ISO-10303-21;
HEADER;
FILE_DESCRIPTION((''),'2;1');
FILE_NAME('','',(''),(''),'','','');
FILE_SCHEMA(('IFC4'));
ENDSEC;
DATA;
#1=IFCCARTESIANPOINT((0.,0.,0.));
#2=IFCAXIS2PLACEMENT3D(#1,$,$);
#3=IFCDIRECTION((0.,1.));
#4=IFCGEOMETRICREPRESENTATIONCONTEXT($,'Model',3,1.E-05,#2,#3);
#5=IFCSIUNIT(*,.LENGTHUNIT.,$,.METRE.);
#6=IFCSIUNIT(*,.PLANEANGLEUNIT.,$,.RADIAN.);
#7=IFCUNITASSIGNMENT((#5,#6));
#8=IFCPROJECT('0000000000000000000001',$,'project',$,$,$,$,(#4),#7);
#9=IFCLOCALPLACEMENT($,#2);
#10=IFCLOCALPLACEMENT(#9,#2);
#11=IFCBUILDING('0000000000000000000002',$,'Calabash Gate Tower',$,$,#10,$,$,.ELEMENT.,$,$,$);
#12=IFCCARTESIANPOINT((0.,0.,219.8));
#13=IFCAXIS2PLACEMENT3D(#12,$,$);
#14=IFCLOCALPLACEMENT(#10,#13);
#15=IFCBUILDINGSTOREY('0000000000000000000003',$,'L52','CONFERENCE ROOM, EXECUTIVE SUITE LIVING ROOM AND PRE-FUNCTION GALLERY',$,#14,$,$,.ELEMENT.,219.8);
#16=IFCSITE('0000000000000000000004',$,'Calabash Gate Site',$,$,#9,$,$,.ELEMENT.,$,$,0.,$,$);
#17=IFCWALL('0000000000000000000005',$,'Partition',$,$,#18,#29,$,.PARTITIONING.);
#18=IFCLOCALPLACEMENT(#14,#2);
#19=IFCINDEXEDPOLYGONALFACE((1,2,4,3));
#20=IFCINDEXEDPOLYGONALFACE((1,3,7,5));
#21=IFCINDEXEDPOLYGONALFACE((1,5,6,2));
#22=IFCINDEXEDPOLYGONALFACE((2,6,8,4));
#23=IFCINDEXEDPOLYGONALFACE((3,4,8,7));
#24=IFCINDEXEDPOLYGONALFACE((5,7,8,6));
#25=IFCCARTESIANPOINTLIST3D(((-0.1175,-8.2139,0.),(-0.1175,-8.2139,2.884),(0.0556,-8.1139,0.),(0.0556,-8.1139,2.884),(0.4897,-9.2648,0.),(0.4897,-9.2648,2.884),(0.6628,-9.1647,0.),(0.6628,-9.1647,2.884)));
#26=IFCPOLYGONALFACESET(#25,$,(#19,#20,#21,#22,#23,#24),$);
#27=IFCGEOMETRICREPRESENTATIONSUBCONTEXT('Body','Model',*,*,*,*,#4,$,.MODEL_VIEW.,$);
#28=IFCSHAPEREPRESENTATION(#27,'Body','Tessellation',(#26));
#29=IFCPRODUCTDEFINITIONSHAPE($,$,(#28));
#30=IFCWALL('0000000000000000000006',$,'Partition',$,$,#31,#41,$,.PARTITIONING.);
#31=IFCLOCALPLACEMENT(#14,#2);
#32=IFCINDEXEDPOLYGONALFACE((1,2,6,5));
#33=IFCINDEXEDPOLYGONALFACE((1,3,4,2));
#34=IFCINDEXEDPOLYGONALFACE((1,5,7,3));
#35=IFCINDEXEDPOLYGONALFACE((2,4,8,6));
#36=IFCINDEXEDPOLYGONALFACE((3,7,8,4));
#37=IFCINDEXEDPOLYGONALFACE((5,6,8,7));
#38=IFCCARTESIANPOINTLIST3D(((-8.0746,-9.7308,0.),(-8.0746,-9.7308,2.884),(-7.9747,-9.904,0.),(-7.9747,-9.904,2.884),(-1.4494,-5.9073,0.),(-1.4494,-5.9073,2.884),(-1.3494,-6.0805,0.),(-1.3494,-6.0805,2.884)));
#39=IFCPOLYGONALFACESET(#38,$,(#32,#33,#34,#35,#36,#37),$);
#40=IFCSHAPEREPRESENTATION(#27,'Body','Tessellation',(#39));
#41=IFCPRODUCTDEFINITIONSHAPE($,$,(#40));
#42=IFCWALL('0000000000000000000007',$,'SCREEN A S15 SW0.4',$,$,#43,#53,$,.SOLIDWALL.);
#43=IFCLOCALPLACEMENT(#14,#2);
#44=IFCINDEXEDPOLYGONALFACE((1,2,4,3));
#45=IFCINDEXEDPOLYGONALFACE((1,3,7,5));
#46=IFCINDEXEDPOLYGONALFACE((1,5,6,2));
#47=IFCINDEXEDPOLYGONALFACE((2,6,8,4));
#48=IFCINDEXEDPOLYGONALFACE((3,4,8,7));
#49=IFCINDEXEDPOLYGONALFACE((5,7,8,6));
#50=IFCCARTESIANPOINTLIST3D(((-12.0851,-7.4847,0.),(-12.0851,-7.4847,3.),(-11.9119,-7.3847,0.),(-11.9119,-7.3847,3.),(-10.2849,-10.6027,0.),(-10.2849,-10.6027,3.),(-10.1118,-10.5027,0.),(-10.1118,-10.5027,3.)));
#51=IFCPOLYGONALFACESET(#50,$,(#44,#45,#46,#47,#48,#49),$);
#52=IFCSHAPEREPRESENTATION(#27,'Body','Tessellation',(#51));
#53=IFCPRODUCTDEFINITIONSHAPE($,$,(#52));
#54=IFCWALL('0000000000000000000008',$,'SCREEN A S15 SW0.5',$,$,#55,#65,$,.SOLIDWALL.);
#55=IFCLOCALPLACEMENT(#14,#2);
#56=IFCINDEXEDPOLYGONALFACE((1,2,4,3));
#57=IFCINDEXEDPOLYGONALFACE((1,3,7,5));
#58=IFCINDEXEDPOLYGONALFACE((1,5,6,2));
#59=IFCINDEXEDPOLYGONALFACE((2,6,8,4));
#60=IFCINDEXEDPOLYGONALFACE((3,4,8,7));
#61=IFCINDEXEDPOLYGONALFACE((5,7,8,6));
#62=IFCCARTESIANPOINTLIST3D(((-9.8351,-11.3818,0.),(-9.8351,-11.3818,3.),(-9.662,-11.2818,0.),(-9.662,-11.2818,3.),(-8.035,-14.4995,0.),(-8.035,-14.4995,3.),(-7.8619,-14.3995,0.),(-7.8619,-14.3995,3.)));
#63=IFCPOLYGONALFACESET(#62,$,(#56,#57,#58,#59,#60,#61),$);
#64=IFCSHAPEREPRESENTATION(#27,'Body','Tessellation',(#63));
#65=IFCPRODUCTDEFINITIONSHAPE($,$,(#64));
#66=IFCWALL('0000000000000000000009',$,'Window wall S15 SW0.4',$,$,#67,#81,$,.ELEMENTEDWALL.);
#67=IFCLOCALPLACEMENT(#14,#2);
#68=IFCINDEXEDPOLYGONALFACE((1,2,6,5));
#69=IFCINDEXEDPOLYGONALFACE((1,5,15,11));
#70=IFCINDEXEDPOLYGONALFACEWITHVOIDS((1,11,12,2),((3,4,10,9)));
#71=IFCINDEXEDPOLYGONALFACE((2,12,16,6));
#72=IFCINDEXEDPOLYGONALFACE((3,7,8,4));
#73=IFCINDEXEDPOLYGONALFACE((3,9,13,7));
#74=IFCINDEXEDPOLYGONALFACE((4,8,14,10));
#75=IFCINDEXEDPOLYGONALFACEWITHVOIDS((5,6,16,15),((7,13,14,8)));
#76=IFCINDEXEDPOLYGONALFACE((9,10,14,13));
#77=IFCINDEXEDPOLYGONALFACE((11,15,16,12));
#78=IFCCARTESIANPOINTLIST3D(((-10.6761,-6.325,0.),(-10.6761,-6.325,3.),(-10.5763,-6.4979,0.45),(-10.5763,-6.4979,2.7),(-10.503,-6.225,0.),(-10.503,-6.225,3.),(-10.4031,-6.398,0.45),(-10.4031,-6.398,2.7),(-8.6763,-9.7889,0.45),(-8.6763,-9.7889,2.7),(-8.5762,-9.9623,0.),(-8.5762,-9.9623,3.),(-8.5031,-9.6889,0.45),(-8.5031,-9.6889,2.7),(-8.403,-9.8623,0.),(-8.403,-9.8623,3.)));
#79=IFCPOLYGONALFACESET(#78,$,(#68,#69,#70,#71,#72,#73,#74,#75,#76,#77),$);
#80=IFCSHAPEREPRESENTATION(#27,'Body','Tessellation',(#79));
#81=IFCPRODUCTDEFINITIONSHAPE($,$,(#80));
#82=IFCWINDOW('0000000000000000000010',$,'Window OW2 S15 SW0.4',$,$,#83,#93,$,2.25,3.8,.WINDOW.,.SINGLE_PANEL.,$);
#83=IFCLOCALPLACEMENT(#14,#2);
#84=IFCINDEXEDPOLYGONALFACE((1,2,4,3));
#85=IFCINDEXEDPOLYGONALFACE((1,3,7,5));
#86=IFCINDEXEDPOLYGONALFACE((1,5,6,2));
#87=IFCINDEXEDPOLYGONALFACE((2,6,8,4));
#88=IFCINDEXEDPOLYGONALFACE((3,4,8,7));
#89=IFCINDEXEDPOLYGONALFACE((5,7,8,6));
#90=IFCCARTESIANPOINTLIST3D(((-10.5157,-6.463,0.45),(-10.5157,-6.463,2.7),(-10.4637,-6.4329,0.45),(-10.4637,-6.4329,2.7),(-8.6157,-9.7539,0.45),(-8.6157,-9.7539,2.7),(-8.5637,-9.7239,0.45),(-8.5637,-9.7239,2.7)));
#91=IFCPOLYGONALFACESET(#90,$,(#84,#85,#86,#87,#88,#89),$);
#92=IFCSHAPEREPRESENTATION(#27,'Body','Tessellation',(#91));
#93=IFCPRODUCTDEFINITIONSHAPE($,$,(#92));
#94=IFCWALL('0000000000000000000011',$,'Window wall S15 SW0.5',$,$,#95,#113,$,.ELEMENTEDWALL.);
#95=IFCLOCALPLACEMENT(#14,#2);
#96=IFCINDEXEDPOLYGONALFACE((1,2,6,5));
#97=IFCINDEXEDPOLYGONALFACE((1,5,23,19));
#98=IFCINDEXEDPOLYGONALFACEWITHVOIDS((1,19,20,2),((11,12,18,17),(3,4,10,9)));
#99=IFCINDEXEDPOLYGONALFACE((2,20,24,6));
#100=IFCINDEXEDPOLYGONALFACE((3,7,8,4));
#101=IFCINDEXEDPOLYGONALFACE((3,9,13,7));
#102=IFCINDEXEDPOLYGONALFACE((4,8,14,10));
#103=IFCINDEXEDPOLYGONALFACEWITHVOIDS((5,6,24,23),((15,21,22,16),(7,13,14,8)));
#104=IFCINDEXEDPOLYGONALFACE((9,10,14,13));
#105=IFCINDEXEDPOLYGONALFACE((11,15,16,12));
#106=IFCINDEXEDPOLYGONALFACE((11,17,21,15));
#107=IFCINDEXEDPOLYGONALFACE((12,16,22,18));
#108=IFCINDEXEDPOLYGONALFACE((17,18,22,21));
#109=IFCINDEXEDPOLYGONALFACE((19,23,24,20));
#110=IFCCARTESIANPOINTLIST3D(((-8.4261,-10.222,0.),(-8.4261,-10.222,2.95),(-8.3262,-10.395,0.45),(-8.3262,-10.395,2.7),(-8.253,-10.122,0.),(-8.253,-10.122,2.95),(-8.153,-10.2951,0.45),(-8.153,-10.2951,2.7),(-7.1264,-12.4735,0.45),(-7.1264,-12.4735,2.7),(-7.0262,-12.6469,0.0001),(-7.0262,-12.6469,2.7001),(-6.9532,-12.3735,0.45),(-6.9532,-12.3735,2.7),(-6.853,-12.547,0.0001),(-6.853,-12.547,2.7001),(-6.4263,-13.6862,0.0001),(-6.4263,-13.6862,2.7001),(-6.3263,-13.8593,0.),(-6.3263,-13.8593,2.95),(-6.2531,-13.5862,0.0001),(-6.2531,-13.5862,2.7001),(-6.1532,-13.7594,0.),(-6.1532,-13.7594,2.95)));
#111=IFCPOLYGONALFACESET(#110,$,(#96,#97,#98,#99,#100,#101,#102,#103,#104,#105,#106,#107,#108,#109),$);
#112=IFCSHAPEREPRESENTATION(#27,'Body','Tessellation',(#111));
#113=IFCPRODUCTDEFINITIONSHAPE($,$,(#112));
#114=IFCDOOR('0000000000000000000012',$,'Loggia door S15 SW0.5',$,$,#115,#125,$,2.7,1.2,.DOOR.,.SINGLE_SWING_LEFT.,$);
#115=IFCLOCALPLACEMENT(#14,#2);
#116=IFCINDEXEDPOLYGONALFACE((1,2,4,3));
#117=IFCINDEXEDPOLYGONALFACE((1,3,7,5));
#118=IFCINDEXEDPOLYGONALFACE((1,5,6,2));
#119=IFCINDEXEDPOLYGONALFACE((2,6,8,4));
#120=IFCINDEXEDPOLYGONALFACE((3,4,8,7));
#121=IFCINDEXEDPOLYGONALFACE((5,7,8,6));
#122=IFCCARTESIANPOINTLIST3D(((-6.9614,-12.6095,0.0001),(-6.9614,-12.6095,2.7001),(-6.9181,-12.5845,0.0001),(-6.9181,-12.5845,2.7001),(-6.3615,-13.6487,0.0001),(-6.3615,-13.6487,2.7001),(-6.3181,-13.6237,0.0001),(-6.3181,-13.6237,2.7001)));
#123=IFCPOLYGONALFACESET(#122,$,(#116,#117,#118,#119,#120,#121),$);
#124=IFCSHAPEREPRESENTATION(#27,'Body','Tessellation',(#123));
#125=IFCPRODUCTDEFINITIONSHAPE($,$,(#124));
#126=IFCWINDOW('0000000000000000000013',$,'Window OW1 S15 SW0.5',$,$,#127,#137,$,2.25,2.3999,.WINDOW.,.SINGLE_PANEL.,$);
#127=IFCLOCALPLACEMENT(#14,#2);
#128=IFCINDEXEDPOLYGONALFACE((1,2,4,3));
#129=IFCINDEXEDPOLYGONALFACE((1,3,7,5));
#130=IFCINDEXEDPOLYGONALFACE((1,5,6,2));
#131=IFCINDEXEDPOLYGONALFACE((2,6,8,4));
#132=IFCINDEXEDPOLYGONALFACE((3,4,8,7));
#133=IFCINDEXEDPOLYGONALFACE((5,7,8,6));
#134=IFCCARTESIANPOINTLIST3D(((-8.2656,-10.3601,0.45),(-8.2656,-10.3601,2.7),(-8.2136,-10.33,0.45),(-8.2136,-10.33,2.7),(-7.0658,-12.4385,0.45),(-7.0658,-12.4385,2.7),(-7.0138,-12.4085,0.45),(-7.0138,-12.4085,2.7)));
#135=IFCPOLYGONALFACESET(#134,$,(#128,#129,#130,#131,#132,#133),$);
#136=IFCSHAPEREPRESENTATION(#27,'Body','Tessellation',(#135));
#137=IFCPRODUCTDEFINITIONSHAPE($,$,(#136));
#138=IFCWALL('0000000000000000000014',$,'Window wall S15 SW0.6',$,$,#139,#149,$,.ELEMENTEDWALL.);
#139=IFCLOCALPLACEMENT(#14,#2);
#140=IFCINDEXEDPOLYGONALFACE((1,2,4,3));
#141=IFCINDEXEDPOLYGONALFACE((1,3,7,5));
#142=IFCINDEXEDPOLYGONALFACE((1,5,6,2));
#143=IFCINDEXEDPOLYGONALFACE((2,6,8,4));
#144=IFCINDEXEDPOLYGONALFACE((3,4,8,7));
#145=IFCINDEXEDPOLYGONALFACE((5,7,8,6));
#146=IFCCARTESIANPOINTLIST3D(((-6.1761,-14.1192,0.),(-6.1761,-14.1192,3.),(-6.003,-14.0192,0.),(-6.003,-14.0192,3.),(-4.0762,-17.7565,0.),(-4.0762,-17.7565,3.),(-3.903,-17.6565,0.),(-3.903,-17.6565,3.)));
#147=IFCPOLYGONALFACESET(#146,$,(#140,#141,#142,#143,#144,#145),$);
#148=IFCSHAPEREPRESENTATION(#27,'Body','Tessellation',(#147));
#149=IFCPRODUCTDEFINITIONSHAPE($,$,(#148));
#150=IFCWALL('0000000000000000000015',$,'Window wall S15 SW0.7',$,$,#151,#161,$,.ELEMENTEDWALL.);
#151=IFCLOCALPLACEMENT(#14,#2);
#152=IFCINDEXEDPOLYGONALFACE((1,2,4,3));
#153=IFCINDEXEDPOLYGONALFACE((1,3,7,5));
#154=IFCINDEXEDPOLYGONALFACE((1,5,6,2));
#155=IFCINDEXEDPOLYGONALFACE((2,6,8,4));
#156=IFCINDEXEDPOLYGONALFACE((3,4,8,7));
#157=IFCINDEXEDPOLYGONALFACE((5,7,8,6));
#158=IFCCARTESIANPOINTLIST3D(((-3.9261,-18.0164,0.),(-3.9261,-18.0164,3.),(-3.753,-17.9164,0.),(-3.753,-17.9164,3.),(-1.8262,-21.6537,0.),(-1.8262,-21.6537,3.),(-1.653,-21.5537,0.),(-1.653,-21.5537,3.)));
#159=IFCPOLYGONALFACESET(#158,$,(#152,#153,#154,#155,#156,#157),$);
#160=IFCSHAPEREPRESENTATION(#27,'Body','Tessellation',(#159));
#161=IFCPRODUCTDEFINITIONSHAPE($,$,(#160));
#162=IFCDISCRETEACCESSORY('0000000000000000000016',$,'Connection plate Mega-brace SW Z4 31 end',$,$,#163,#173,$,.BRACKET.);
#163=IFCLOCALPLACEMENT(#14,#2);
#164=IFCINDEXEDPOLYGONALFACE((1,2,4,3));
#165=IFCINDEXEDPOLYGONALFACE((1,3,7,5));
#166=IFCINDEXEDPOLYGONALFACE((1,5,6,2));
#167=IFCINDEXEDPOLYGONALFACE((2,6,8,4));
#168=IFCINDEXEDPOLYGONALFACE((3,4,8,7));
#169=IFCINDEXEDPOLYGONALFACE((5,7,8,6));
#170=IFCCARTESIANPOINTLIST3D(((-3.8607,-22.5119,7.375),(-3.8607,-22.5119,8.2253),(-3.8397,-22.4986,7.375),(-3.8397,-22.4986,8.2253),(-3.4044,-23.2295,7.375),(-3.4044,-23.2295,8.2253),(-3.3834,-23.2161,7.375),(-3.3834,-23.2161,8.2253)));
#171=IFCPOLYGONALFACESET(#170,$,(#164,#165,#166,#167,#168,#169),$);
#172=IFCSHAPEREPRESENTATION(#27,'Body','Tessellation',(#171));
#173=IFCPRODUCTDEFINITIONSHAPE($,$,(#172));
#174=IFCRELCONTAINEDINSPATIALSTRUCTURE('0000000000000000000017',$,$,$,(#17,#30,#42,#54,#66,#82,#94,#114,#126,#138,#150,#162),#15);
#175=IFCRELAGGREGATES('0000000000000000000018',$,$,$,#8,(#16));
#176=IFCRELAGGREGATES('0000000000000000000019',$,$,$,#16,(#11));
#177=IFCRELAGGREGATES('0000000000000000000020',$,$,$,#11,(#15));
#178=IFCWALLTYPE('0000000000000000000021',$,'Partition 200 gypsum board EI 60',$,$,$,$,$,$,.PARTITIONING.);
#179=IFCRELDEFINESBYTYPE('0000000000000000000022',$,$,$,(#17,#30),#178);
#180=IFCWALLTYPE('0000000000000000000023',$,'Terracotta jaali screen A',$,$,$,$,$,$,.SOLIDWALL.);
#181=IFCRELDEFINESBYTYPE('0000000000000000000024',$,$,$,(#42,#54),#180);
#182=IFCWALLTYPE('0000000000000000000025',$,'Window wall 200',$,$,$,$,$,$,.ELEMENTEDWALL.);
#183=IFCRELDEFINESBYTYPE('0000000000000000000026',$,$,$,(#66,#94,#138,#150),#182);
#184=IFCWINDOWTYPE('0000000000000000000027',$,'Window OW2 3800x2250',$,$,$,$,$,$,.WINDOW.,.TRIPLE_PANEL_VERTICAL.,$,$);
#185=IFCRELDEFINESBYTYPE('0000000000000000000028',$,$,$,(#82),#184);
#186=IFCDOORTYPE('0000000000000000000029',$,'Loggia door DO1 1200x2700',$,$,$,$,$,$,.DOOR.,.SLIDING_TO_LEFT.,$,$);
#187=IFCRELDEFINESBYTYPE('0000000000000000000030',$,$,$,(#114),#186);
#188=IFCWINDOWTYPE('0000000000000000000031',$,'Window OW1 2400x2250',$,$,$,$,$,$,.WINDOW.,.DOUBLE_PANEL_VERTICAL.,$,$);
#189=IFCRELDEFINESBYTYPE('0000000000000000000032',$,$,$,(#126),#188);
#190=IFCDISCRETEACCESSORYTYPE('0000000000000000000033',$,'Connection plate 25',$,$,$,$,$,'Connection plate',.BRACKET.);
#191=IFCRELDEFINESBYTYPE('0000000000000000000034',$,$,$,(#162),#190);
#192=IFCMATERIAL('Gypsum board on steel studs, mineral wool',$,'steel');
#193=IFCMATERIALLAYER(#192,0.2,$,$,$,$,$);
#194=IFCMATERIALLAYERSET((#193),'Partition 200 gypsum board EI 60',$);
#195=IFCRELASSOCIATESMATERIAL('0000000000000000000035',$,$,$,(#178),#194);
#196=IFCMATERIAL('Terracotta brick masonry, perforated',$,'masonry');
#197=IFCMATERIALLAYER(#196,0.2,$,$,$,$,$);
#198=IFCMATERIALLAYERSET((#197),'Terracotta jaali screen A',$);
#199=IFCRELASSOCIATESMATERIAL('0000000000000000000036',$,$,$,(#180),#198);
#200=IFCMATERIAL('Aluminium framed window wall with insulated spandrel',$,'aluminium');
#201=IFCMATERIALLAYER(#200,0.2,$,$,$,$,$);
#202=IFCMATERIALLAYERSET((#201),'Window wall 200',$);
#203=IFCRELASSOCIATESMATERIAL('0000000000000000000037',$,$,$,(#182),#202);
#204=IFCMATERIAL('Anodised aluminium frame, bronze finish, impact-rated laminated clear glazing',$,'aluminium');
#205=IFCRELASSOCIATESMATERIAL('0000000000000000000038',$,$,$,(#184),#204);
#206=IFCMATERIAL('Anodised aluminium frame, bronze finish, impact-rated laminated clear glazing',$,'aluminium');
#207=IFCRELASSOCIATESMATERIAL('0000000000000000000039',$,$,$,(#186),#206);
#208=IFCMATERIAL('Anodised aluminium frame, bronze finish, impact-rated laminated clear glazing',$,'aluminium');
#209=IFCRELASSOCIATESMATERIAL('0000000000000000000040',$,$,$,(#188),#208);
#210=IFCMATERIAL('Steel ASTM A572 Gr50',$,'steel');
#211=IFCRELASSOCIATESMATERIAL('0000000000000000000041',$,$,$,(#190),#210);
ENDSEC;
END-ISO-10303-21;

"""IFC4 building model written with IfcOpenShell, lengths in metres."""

from ifc_helpers import new_model, si_unit, direction, frame, frame_2d, origin, origin_2d, place, context, subcontext, project, spatial, rectangle, extrude, material, layer, layer_set, type_object, element, fill, save


model = new_model("IFC4")

# Units and contexts
model_context = context("Model", 3, precision=1e-05, world=origin(), true_north=direction((0.0, 1.0)))
body_context = subcontext(model_context, "Body", "Model", "MODEL_VIEW")
ifc_project = project(units=[si_unit("LENGTHUNIT", "METRE"), si_unit("PLANEANGLEUNIT", "RADIAN")], contexts=[model_context])

# Site, building, storey
site_placement = place(None, origin())
site = spatial("IfcSite", under=ifc_project, at=site_placement, Name="Calabash Gate Site", CompositionType="ELEMENT", RefElevation=0.0)
building_placement = place(site_placement, origin())
building = spatial("IfcBuilding", under=site, at=building_placement, Name="Calabash Gate Tower", CompositionType="ELEMENT")
storey_placement = place(building_placement, frame((0.0, 0.0, 219.8)))
storey = spatial("IfcBuildingStorey", under=building, at=storey_placement, Name="L52", Description="CONFERENCE ROOM, EXECUTIVE SUITE LIVING ROOM AND PRE-FUNCTION GALLERY", CompositionType="ELEMENT", Elevation=219.8)

# Walls
ifc_material_1 = material(Name="Gypsum board on steel studs, mineral wool", Category="steel")
ifc_layer_1 = layer(ifc_material_1, 0.2)
ifc_layer_set_1 = layer_set([ifc_layer_1], Name="Partition 200 gypsum board EI 60")
wall_type_1 = type_object("IfcWallType", Name="Partition 200 gypsum board EI 60", PredefinedType="PARTITIONING", material=ifc_layer_set_1)
wall_1_placement = place(storey_placement, frame((-0.031, -8.1638, 0.0), z_axis=(0.0, 0.0, 1.0), x_axis=(0.500314, -0.865844, 0.0)))
element("IfcWall", 1, at=wall_1_placement, inside=storey, type_object=wall_type_1, Name="Partition", PredefinedType="PARTITIONING", context=body_context, shape_type="SweptSolid", body=[
    extrude(rectangle(XDim=1.2136, YDim=0.2, at=frame_2d((0.6069, 0.0))), origin(), (0.0, 0.0, 1.0), 2.884),
])
wall_2_placement = place(storey_placement, frame((-8.0247, -9.8174, 0.0), z_axis=(0.0, 0.0, 1.0), x_axis=(0.866116, 0.499843, 0.0)))
element("IfcWall", 2, at=wall_2_placement, inside=storey, type_object=wall_type_1, Name="Partition", PredefinedType="PARTITIONING", context=body_context, shape_type="SweptSolid", body=[
    extrude(rectangle(XDim=7.6494, YDim=0.2, at=frame_2d((3.8247, 0.0))), origin(), (0.0, 0.0, 1.0), 2.884),
])
ifc_material_2 = material(Name="Terracotta brick masonry, perforated", Category="masonry")
ifc_layer_2 = layer(ifc_material_2, 0.2)
ifc_layer_set_2 = layer_set([ifc_layer_2], Name="Terracotta jaali screen A")
wall_type_2 = type_object("IfcWallType", Name="Terracotta jaali screen A", PredefinedType="SOLIDWALL", material=ifc_layer_set_2)
wall_3_placement = place(storey_placement, frame((-11.9985, -7.4346, 0.0), z_axis=(0.0, 0.0, 1.0), x_axis=(0.499983, -0.866035, 0.0)))
element("IfcWall", 3, at=wall_3_placement, inside=storey, type_object=wall_type_2, Name="SCREEN A S15 SW0.4", PredefinedType="SOLIDWALL", context=body_context, shape_type="SweptSolid", body=[
    extrude(rectangle(XDim=3.6003, YDim=0.2, at=frame_2d((1.8003, 0.0))), origin(), (0.0, 0.0, 1.0), 3.0),
])
wall_4_placement = place(storey_placement, frame((-9.7485, -11.3318, 0.0), z_axis=(0.0, 0.0, 1.0), x_axis=(0.500012, -0.866018, 0.0)))
element("IfcWall", 4, at=wall_4_placement, inside=storey, type_object=wall_type_2, Name="SCREEN A S15 SW0.5", PredefinedType="SOLIDWALL", context=body_context, shape_type="SweptSolid", body=[
    extrude(rectangle(XDim=3.6001, YDim=0.2, at=frame_2d((1.8, 0.0))), origin(), (0.0, 0.0, 1.0), 3.0),
])

# Wall, opening, window
ifc_material_3 = material(Name="Aluminium framed window wall with insulated spandrel", Category="aluminium")
ifc_layer_3 = layer(ifc_material_3, 0.2)
ifc_layer_set_3 = layer_set([ifc_layer_3], Name="Window wall 200")
wall_type_3 = type_object("IfcWallType", Name="Window wall 200", PredefinedType="ELEMENTEDWALL", material=ifc_layer_set_3)
wall_5_placement = place(storey_placement, frame((-10.5896, -6.2749, 0.0), z_axis=(0.0, 0.0, 1.0), x_axis=(0.499984, -0.866035, 0.0)))
wall_5 = element("IfcWall", 5, at=wall_5_placement, inside=storey, type_object=wall_type_3, Name="Window wall S15 SW0.4", PredefinedType="ELEMENTEDWALL", context=body_context, shape_type="SweptSolid", body=[
    extrude(rectangle(XDim=4.2, YDim=0.2, at=frame_2d((2.1001, 0.0))), origin(), (0.0, 0.0, 1.0), 3.0),
])
opening_1_placement = place(wall_5_placement, frame((0.2, 0.0, 0.45)))
opening_1 = element("IfcOpeningElement", 6, at=opening_1_placement, cuts=wall_5, PredefinedType="OPENING", context=body_context, shape_type="SweptSolid", body=[
    extrude(rectangle(XDim=3.8, YDim=2.25, at=frame_2d((1.8999, 1.125))), frame((0.0, 0.1099, 0.0), z_axis=(0.0, -1.0, 0.0), x_axis=(1.0, 0.0, 0.0)), (0.0, 0.0, 1.0), 0.22),
])
ifc_material_4 = material(Name="Anodised aluminium frame, bronze finish, impact-rated laminated clear glazing", Category="aluminium")
window_type_1 = type_object("IfcWindowType", Name="Window OW2 3800x2250", PartitioningType="TRIPLE_PANEL_VERTICAL", PredefinedType="WINDOW", material=ifc_material_4)
window_1_placement = place(opening_1_placement, origin())
window_1 = element("IfcWindow", 7, at=window_1_placement, inside=storey, type_object=window_type_1, Name="Window OW2 S15 SW0.4", OverallHeight=2.25, OverallWidth=3.8, PartitioningType="SINGLE_PANEL", PredefinedType="WINDOW", context=body_context, shape_type="SweptSolid", body=[
    extrude(rectangle(XDim=3.8, YDim=2.25, at=frame_2d((1.8999, 1.125))), frame((0.0, 0.03, 0.0), z_axis=(0.0, -1.0, 0.0), x_axis=(1.0, 0.0, 0.0)), (0.0, 0.0, 1.0), 0.0601),
])
fill(opening_1, window_1)

# Wall, openings, door, window
wall_6_placement = place(storey_placement, frame((-8.3396, -10.1719, 0.0), z_axis=(0.0, 0.0, 1.0), x_axis=(0.499959, -0.866049, 0.0)))
wall_6 = element("IfcWall", 8, at=wall_6_placement, inside=storey, type_object=wall_type_3, Name="Window wall S15 SW0.5", PredefinedType="ELEMENTEDWALL", context=body_context, shape_type="SweptSolid", body=[
    extrude(rectangle(XDim=4.2, YDim=0.2, at=frame_2d((2.1001, 0.0))), origin(), (0.0, 0.0, 1.0), 2.95),
])
opening_2_placement = place(wall_6_placement, frame((0.2, 0.0, 0.45)))
opening_2 = element("IfcOpeningElement", 9, at=opening_2_placement, cuts=wall_6, PredefinedType="OPENING", context=body_context, shape_type="SweptSolid", body=[
    extrude(rectangle(XDim=2.3999, YDim=2.25, at=frame_2d((1.2, 1.125))), frame((0.0, 0.1099, 0.0), z_axis=(0.0, -1.0, 0.0), x_axis=(1.0, 0.0, 0.0)), (0.0, 0.0, 1.0), 0.22),
])
opening_3_placement = place(wall_6_placement, frame((2.8, 0.0, 0.0)))
opening_3 = element("IfcOpeningElement", 10, at=opening_3_placement, cuts=wall_6, PredefinedType="OPENING", context=body_context, shape_type="SweptSolid", body=[
    extrude(rectangle(XDim=1.2, YDim=2.7, at=frame_2d((0.6001, 1.3501))), frame((0.0, 0.1099, 0.0), z_axis=(0.0, -1.0, 0.0), x_axis=(1.0, 0.0, 0.0)), (0.0, 0.0, 1.0), 0.22),
])
ifc_material_5 = material(Name="Anodised aluminium frame, bronze finish, impact-rated laminated clear glazing", Category="aluminium")
door_type = type_object("IfcDoorType", Name="Loggia door DO1 1200x2700", OperationType="SLIDING_TO_LEFT", PredefinedType="DOOR", material=ifc_material_5)
door_placement = place(opening_3_placement, origin())
door = element("IfcDoor", 11, at=door_placement, inside=storey, type_object=door_type, Name="Loggia door S15 SW0.5", OperationType="SINGLE_SWING_LEFT", OverallHeight=2.7, OverallWidth=1.2, PredefinedType="DOOR", context=body_context, shape_type="SweptSolid", body=[
    extrude(rectangle(XDim=1.2, YDim=2.7, at=frame_2d((0.6001, 1.3501))), frame((0.0, 0.0249, 0.0), z_axis=(0.0, -1.0, 0.0), x_axis=(1.0, 0.0, 0.0)), (0.0, 0.0, 1.0), 0.05),
])
fill(opening_3, door)
ifc_material_6 = material(Name="Anodised aluminium frame, bronze finish, impact-rated laminated clear glazing", Category="aluminium")
window_type_2 = type_object("IfcWindowType", Name="Window OW1 2400x2250", PartitioningType="DOUBLE_PANEL_VERTICAL", PredefinedType="WINDOW", material=ifc_material_6)
window_2_placement = place(opening_2_placement, origin())
window_2 = element("IfcWindow", 12, at=window_2_placement, inside=storey, type_object=window_type_2, Name="Window OW1 S15 SW0.5", OverallHeight=2.25, OverallWidth=2.3999, PartitioningType="SINGLE_PANEL", PredefinedType="WINDOW", context=body_context, shape_type="SweptSolid", body=[
    extrude(rectangle(XDim=2.3999, YDim=2.25, at=frame_2d((1.2, 1.125))), frame((0.0, 0.03, 0.0), z_axis=(0.0, -1.0, 0.0), x_axis=(1.0, 0.0, 0.0)), (0.0, 0.0, 1.0), 0.0601),
])
fill(opening_2, window_2)

# Walls
for number, where, z_axis, x_axis, name in (
    (13, (-6.0896, -14.0691, 0.0), (0.0, 0.0, 1.0), (0.499984, -0.866035, 0.0), "Window wall S15 SW0.6"),
    (14, (-3.8396, -17.9663, 0.0), (0.0, 0.0, 1.0), (0.499984, -0.866035, 0.0), "Window wall S15 SW0.7"),
):
    element("IfcWall", number, at=place(storey_placement, frame(where, z_axis=z_axis, x_axis=x_axis)), inside=storey, type_object=wall_type_3, Name=name, PredefinedType="ELEMENTEDWALL", context=body_context, shape_type="SweptSolid", body=[
        extrude(rectangle(XDim=4.2, YDim=0.2, at=frame_2d((2.1001, 0.0))), origin(), (0.0, 0.0, 1.0), 3.0),
    ])

# Discrete accessory
ifc_material_7 = material(Name="Steel ASTM A572 Gr50", Category="steel")
discrete_accessory_type = type_object("IfcDiscreteAccessoryType", Name="Connection plate 25", ElementType="Connection plate", PredefinedType="BRACKET", material=ifc_material_7)
discrete_accessory_placement = place(storey_placement, frame((-3.6221, -22.864, 7.375), z_axis=(0.0, 0.0, 1.0), x_axis=(0.536611, -0.84383, 0.0)))
element("IfcDiscreteAccessory", 15, at=discrete_accessory_placement, inside=storey, type_object=discrete_accessory_type, Name="Connection plate Mega-brace SW Z4 31 end", PredefinedType="BRACKET", context=body_context, shape_type="SweptSolid", body=[
    extrude(rectangle(XDim=0.8503, YDim=0.0249, at=origin_2d()), origin(), (0.0, 0.0, 1.0), 0.8503),
])

save(model, "model.ifc")
